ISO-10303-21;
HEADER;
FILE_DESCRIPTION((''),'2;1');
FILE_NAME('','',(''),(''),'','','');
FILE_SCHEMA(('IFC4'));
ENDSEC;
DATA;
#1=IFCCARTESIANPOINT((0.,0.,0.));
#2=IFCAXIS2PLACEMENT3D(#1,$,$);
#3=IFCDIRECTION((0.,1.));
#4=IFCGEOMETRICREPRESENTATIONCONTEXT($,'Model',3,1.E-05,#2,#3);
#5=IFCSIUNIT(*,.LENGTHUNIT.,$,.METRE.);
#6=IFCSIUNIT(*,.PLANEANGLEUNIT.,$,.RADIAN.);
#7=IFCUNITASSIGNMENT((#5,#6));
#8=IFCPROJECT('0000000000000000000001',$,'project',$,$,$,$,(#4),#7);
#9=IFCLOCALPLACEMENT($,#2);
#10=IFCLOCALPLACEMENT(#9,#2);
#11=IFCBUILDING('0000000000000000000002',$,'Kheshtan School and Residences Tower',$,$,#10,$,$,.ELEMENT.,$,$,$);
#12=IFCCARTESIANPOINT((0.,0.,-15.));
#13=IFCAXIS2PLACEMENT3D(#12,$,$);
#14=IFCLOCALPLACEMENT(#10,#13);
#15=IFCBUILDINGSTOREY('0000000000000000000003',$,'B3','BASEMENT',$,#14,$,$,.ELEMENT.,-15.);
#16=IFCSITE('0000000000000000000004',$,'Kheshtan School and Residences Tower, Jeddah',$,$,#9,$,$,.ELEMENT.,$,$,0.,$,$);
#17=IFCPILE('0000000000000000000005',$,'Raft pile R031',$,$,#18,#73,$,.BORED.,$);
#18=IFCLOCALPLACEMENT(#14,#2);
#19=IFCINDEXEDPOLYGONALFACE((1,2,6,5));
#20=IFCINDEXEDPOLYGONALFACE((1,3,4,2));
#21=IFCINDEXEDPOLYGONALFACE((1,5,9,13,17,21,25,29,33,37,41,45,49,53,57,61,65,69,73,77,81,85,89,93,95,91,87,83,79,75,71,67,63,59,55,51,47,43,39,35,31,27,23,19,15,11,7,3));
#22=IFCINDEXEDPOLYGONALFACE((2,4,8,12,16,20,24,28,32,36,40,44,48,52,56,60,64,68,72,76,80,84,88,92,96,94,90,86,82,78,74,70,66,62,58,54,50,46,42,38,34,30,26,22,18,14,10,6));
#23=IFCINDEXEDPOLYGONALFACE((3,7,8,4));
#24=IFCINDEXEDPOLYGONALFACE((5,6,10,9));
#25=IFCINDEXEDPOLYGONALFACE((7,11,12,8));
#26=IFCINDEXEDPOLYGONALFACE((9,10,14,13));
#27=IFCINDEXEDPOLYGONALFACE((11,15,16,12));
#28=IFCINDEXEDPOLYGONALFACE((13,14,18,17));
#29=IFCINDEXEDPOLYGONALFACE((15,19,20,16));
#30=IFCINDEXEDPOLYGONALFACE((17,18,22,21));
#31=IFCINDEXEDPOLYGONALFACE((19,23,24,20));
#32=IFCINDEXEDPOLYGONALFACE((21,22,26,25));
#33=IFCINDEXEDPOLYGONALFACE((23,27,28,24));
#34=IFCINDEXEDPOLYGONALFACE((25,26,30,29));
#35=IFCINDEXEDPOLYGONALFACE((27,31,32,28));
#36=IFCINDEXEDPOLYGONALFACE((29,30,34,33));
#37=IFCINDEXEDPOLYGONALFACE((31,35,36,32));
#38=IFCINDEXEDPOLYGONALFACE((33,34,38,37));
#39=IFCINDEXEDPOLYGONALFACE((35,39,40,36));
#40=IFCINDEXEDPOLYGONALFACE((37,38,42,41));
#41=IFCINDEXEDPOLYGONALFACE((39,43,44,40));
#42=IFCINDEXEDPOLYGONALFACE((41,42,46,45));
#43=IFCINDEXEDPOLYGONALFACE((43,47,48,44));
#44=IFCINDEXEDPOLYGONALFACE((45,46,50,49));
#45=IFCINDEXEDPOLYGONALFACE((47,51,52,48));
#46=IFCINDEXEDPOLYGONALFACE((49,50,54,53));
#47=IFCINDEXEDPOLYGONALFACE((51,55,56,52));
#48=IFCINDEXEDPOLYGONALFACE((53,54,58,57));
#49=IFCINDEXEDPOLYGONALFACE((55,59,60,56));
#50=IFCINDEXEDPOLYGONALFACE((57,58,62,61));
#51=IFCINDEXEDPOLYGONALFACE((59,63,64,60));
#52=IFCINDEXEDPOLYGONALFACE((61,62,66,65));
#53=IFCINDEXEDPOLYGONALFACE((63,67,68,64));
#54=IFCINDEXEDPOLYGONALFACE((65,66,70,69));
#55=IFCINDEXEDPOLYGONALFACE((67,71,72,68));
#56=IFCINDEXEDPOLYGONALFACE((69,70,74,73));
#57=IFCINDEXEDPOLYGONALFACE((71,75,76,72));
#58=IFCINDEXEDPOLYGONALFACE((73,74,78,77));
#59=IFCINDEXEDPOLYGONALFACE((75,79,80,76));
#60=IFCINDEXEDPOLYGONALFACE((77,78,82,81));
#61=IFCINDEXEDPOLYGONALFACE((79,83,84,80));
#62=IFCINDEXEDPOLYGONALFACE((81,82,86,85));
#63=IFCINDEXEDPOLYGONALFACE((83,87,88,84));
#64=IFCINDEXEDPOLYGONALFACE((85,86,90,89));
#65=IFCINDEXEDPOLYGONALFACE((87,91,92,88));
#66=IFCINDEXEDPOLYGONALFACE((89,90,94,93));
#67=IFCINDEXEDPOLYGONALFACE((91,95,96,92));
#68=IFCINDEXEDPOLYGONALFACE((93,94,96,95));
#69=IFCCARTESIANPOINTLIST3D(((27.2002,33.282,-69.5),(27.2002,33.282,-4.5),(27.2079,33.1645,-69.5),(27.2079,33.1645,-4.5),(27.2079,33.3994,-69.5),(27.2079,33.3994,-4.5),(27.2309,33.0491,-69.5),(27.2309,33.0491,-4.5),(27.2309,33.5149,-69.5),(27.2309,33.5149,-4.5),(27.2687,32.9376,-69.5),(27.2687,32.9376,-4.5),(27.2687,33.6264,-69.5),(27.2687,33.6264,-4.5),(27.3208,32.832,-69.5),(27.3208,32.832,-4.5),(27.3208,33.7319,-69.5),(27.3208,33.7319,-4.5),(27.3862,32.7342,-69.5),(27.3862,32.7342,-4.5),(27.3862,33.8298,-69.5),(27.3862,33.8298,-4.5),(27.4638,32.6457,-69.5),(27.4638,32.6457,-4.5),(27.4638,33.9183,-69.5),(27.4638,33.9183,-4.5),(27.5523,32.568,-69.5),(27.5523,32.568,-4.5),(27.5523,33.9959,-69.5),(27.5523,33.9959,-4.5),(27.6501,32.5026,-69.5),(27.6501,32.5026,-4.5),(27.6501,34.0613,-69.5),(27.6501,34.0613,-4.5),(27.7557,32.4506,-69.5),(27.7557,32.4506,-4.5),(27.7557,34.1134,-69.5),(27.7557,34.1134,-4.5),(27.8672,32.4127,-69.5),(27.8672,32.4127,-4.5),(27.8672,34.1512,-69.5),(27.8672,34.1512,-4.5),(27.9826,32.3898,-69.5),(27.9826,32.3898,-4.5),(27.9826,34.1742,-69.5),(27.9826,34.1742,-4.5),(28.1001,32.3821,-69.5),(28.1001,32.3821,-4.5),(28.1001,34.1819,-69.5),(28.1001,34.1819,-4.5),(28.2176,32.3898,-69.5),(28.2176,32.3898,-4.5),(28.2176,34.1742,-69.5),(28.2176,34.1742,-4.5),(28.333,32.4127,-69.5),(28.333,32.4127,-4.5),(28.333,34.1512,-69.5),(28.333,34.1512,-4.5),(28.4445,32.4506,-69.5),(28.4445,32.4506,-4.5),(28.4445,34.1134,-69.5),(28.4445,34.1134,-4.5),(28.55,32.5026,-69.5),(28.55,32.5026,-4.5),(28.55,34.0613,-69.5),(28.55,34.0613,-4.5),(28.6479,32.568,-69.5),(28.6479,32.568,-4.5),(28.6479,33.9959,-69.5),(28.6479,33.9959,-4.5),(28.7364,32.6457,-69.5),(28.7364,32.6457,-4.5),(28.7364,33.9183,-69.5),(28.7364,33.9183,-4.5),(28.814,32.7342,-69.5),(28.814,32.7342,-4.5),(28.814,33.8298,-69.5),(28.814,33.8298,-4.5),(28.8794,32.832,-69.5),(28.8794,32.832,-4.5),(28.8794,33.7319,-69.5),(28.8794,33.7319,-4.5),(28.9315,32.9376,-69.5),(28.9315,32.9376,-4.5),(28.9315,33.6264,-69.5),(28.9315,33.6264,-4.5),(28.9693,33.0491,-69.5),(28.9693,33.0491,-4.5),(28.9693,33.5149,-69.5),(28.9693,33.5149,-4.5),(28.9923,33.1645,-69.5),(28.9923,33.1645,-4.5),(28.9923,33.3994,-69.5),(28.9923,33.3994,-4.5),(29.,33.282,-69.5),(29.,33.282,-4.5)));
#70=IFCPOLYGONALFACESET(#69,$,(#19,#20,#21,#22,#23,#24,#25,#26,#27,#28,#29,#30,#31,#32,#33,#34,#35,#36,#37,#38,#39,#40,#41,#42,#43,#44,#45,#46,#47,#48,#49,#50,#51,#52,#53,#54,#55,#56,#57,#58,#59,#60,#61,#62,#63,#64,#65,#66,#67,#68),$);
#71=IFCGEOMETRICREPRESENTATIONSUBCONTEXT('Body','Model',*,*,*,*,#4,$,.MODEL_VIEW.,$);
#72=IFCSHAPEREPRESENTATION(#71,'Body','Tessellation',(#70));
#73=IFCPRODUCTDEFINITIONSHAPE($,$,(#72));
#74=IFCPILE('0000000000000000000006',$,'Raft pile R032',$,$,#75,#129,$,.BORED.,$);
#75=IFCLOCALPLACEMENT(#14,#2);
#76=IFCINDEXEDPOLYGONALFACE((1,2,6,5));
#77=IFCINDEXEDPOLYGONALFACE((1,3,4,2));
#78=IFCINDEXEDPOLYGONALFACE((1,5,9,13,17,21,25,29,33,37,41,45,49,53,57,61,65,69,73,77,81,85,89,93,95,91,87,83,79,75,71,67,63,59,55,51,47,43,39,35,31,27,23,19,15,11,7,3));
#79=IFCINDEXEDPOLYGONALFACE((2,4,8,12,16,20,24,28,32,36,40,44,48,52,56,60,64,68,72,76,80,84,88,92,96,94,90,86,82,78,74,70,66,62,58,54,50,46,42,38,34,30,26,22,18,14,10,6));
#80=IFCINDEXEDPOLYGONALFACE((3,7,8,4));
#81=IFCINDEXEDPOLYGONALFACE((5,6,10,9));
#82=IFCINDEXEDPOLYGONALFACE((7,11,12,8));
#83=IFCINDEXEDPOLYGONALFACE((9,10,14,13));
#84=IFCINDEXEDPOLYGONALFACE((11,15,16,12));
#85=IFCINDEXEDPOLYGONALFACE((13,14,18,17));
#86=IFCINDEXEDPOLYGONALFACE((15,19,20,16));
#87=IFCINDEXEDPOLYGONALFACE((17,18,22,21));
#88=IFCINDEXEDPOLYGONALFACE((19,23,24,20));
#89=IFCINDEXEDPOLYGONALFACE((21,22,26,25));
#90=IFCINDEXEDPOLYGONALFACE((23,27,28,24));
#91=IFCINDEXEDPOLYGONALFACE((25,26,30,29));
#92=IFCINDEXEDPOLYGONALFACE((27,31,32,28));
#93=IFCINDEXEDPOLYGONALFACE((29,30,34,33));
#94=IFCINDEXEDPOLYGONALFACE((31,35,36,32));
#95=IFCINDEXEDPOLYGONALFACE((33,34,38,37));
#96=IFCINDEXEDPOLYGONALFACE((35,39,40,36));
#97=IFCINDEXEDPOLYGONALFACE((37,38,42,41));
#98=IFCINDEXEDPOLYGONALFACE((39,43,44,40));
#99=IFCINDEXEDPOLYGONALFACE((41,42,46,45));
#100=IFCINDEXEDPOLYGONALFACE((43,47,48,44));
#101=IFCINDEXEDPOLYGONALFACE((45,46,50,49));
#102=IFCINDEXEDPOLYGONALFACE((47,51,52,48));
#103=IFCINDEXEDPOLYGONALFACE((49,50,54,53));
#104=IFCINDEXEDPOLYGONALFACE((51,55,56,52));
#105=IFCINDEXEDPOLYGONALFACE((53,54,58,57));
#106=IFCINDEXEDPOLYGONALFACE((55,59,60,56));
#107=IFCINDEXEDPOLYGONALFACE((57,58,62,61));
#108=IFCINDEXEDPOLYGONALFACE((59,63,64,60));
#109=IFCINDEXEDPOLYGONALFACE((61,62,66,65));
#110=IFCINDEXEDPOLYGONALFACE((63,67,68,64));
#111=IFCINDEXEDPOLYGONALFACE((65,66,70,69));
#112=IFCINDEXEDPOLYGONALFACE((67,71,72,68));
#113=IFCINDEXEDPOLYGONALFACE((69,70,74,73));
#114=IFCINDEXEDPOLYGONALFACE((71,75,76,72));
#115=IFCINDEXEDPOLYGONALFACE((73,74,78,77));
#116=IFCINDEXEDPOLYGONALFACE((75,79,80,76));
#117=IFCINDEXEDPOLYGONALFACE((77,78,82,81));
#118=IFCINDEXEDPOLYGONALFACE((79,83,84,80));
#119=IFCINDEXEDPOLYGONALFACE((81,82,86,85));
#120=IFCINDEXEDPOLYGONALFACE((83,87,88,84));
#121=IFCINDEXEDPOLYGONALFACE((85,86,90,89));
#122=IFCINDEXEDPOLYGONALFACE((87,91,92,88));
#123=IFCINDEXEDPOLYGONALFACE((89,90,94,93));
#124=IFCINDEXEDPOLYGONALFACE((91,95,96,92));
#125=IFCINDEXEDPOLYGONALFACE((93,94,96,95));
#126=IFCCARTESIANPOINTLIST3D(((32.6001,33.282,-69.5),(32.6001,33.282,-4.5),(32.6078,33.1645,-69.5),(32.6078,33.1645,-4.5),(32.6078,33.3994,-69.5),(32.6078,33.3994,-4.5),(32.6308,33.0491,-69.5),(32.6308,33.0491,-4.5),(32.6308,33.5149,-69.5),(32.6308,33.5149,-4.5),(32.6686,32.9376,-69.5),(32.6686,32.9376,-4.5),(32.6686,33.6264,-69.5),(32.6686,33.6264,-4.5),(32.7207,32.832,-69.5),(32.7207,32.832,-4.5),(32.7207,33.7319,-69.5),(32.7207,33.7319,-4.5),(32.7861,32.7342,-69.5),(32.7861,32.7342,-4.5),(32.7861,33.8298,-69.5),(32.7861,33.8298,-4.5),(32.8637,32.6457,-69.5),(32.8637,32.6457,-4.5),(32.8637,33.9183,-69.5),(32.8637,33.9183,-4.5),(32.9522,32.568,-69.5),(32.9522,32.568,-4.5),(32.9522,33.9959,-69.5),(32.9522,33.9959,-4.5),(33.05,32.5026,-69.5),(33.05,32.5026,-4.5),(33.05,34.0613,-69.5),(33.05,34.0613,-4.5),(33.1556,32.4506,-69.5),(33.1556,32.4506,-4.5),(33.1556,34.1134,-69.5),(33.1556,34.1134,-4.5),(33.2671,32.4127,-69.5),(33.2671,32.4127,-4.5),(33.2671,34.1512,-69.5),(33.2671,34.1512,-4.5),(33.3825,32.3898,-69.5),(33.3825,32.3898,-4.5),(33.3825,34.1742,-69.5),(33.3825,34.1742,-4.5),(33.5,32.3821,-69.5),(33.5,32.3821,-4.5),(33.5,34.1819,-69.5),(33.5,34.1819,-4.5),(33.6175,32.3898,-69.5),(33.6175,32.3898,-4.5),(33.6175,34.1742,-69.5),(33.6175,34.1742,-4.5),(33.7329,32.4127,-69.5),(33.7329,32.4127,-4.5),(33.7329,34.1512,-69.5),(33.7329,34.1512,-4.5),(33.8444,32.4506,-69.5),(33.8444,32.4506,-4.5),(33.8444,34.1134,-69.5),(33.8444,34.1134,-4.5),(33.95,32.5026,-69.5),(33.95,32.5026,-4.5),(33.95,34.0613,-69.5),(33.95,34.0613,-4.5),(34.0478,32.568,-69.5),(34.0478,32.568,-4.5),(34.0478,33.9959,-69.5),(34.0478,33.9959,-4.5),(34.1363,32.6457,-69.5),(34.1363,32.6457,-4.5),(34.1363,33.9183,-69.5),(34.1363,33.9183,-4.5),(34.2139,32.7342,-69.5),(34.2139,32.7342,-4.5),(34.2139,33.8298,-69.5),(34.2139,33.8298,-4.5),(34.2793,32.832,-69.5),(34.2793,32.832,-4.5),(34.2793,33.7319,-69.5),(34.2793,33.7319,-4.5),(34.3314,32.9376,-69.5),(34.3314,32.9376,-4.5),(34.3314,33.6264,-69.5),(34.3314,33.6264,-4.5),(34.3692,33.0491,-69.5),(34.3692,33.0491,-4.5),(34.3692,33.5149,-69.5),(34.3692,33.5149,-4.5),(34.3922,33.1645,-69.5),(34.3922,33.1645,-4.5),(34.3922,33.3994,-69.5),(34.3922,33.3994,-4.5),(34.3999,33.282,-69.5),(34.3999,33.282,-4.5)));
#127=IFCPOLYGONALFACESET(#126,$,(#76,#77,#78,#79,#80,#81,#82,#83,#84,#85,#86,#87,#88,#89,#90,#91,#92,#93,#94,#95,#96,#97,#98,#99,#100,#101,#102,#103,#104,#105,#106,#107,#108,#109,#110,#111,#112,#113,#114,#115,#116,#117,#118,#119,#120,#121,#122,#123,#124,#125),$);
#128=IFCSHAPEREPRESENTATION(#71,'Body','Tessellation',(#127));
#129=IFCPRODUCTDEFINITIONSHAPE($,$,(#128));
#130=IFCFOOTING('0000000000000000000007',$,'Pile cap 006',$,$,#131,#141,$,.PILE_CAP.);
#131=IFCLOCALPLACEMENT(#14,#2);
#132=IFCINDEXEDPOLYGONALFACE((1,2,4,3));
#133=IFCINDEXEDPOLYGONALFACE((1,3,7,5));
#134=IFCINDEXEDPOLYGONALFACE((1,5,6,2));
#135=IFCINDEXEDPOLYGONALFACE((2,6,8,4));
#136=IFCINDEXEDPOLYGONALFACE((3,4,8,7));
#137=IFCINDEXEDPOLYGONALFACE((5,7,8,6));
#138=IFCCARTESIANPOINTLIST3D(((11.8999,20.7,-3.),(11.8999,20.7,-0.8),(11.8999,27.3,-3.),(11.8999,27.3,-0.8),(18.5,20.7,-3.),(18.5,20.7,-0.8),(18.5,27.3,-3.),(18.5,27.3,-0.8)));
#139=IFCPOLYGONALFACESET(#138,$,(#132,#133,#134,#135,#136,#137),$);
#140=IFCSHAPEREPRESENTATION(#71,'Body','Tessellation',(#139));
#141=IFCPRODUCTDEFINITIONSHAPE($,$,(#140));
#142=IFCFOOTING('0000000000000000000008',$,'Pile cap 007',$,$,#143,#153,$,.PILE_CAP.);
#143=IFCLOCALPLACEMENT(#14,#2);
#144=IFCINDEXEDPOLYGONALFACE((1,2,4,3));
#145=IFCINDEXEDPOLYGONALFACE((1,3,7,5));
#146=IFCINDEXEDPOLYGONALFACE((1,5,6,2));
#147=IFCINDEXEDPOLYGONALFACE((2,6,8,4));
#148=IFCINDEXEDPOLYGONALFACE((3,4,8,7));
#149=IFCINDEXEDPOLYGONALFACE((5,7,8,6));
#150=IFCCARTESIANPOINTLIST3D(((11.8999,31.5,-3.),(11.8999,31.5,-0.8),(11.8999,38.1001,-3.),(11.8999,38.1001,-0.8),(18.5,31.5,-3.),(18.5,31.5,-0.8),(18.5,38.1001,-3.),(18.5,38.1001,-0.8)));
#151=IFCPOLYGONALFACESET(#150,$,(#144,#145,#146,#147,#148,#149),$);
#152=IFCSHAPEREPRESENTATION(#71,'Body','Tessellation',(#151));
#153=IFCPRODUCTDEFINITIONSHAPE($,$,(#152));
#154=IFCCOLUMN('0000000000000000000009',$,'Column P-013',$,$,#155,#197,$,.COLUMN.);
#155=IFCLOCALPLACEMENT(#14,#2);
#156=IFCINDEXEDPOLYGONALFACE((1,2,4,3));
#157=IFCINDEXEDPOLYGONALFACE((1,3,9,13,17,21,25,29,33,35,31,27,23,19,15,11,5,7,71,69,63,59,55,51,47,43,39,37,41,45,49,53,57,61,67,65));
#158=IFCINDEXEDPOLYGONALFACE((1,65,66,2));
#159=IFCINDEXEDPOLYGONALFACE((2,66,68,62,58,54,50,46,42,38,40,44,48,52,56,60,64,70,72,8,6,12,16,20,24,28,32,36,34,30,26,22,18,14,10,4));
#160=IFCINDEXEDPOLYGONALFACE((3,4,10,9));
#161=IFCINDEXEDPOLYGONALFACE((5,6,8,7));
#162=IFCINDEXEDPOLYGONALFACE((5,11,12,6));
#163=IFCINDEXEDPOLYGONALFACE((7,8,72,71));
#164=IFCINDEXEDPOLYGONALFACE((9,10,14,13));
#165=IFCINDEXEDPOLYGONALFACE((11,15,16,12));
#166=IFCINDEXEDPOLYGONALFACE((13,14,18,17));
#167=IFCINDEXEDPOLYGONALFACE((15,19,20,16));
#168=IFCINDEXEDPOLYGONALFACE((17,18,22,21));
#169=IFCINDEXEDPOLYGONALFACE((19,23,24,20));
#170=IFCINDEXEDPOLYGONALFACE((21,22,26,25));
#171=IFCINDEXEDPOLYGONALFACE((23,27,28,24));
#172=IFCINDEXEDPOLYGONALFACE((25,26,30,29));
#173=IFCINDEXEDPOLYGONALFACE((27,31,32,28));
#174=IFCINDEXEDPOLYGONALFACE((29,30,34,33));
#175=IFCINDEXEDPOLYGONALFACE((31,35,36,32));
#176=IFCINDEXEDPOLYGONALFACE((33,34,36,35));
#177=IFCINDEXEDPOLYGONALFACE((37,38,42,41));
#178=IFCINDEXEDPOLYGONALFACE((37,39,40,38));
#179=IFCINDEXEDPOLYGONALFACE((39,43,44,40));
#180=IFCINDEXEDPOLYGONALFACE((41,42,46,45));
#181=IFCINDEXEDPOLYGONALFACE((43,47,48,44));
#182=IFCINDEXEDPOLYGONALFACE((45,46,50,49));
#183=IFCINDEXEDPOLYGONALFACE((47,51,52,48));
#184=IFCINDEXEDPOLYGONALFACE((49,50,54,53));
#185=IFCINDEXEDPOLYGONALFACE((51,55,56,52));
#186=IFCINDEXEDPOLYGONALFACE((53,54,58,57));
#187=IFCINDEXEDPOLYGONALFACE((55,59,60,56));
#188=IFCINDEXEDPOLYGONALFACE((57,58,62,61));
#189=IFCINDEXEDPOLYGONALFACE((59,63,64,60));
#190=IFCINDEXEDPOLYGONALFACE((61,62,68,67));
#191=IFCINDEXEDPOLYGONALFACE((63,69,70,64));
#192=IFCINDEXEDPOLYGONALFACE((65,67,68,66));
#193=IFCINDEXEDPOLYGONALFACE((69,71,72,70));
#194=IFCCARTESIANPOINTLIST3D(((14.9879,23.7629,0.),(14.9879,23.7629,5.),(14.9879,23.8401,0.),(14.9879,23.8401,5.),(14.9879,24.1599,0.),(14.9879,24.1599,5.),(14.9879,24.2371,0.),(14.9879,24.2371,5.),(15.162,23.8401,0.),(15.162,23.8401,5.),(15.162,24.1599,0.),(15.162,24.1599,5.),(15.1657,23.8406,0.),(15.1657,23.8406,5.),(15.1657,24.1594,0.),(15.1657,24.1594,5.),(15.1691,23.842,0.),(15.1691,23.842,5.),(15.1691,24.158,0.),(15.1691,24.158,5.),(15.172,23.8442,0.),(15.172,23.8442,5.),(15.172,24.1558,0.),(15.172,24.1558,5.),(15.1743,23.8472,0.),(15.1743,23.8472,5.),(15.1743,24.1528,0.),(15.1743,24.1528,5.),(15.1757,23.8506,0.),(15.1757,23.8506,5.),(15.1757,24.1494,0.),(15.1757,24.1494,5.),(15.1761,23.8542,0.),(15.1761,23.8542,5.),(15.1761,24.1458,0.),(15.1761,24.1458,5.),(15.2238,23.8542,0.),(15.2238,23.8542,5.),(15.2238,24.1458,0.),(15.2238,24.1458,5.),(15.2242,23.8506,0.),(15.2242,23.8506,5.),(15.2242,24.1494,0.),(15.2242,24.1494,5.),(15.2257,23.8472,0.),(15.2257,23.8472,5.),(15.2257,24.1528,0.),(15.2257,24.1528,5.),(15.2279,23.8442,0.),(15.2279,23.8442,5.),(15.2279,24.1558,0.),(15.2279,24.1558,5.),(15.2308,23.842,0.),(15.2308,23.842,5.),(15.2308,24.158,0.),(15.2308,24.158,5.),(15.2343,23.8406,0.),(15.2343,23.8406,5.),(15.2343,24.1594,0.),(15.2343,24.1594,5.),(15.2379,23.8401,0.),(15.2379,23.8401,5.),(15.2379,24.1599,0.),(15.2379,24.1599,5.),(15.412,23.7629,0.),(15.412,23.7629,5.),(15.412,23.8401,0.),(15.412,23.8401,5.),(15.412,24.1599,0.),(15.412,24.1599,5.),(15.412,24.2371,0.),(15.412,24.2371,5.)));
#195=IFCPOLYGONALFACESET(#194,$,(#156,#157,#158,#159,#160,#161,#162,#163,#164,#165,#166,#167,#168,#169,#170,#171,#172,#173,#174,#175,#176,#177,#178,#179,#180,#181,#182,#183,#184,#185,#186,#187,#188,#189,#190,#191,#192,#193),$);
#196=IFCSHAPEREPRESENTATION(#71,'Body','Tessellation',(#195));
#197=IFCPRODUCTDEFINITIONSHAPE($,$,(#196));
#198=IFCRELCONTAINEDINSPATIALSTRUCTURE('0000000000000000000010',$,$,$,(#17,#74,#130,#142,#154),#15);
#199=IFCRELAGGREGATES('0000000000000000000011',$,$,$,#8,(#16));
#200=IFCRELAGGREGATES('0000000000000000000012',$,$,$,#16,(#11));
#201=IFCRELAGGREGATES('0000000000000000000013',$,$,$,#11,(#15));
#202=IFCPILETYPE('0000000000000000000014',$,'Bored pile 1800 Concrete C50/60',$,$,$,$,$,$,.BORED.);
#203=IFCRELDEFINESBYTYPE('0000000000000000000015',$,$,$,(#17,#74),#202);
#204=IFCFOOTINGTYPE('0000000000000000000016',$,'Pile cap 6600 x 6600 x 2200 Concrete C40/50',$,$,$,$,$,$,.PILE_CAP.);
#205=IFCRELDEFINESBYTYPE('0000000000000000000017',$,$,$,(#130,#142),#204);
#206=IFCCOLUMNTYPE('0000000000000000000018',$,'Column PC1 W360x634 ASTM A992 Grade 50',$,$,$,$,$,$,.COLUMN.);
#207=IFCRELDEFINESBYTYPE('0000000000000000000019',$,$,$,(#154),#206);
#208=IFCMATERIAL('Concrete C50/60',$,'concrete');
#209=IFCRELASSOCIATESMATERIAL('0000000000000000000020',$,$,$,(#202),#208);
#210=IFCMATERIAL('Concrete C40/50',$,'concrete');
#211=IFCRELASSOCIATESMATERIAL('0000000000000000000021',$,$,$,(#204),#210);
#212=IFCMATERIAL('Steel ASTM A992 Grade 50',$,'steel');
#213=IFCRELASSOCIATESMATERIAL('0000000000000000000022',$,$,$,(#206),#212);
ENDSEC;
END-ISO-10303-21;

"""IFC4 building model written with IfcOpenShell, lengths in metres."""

from ifc_helpers import new_model, si_unit, direction, frame, origin, origin_2d, place, context, subcontext, project, spatial, rectangle, circle, i_section, extrude, material, material_profile, profile_set, type_object, element, save


model = new_model("IFC4")

# Units and contexts
model_context = context("Model", 3, precision=1e-05, world=origin(), true_north=direction((0.0, 1.0)))
body_context = subcontext(model_context, "Body", "Model", "MODEL_VIEW")
ifc_project = project(units=[si_unit("LENGTHUNIT", "METRE"), si_unit("PLANEANGLEUNIT", "RADIAN")], contexts=[model_context])

# Site, building, storey
site_placement = place(None, origin())
site = spatial("IfcSite", under=ifc_project, at=site_placement, Name="Kheshtan School and Residences Tower, Jeddah", CompositionType="ELEMENT", RefElevation=0.0)
building_placement = place(site_placement, origin())
building = spatial("IfcBuilding", under=site, at=building_placement, Name="Kheshtan School and Residences Tower", CompositionType="ELEMENT")
storey_placement = place(building_placement, frame((0.0, 0.0, -15.0)))
storey = spatial("IfcBuildingStorey", under=building, at=storey_placement, Name="B3", Description="BASEMENT", CompositionType="ELEMENT", Elevation=-15.0)

# Piles
ifc_material_1 = material(Name="Concrete C50/60", Category="concrete")
ifc_material_profile_1 = material_profile(ifc_material_1, circle(Radius=0.8999, at=origin_2d()), Name="BP 1800")
ifc_profile_set_1 = profile_set([ifc_material_profile_1], Name="Concrete C50/60")
pile_type_1 = type_object("IfcPileType", Name="Bored pile 1800 Concrete C50/60", PredefinedType="BORED", material=ifc_profile_set_1)
for number, where, z_axis, x_axis, name in (
    (1, (28.1001, 33.282, -4.5), (0.0, 0.0, -1.0), (1.0, 0.0, 0.0), "Raft pile R031"),
    (2, (33.5, 33.282, -4.5), (0.0, 0.0, -1.0), (1.0, 0.0, 0.0), "Raft pile R032"),
):
    element("IfcPile", number, at=place(storey_placement, frame(where, z_axis=z_axis, x_axis=x_axis)), inside=storey, type_object=pile_type_1, Name=name, PredefinedType="BORED", context=body_context, shape_type="SweptSolid", body=[
        extrude(circle(Radius=0.8999, at=origin_2d()), origin(), (0.0, 0.0, 1.0), 65.0),
    ])

# Footings
ifc_material_2 = material(Name="Concrete C40/50", Category="concrete")
footing_type = type_object("IfcFootingType", Name="Pile cap 6600 x 6600 x 2200 Concrete C40/50", PredefinedType="PILE_CAP", material=ifc_material_2)
for number, where, z_axis, x_axis, name in (
    (3, (15.2, 24.0, -3.0), (0.0, 0.0, 1.0), (1.0, 0.0, 0.0), "Pile cap 006"),
    (4, (15.2, 34.8, -3.0), (0.0, 0.0, 1.0), (1.0, 0.0, 0.0), "Pile cap 007"),
):
    element("IfcFooting", number, at=place(storey_placement, frame(where, z_axis=z_axis, x_axis=x_axis)), inside=storey, type_object=footing_type, Name=name, PredefinedType="PILE_CAP", context=body_context, shape_type="SweptSolid", body=[
        extrude(rectangle(XDim=6.6001, YDim=6.6001, at=origin_2d()), origin(), (0.0, 0.0, 1.0), 2.2),
    ])

# Column
ifc_material_3 = material(Name="Steel ASTM A992 Grade 50", Category="steel")
ifc_material_profile_2 = material_profile(ifc_material_3, i_section(OverallWidth=0.4241, OverallDepth=0.4741, WebThickness=0.0476, FlangeThickness=0.0771, FilletRadius=0.0142, at=origin_2d()), Name="W360x634")
ifc_profile_set_2 = profile_set([ifc_material_profile_2], Name="Steel ASTM A992 Grade 50")
column_type = type_object("IfcColumnType", Name="Column PC1 W360x634 ASTM A992 Grade 50", PredefinedType="COLUMN", material=ifc_profile_set_2)
for number, where, z_axis, x_axis, name in (
    (5, (15.2, 24.0, 0.0), (0.0, 0.0, 1.0), (1.0, 0.0, 0.0), "Column P-013"),
):
    element("IfcColumn", number, at=place(storey_placement, frame(where, z_axis=z_axis, x_axis=x_axis)), inside=storey, type_object=column_type, Name=name, PredefinedType="COLUMN", context=body_context, shape_type="SweptSolid", body=[
        extrude(i_section(OverallWidth=0.4241, OverallDepth=0.4741, WebThickness=0.0476, FlangeThickness=0.0771, FilletRadius=0.0142, at=origin_2d()), origin(), (0.0, 0.0, 1.0), 5.0),
    ])

save(model, "model.ifc")
